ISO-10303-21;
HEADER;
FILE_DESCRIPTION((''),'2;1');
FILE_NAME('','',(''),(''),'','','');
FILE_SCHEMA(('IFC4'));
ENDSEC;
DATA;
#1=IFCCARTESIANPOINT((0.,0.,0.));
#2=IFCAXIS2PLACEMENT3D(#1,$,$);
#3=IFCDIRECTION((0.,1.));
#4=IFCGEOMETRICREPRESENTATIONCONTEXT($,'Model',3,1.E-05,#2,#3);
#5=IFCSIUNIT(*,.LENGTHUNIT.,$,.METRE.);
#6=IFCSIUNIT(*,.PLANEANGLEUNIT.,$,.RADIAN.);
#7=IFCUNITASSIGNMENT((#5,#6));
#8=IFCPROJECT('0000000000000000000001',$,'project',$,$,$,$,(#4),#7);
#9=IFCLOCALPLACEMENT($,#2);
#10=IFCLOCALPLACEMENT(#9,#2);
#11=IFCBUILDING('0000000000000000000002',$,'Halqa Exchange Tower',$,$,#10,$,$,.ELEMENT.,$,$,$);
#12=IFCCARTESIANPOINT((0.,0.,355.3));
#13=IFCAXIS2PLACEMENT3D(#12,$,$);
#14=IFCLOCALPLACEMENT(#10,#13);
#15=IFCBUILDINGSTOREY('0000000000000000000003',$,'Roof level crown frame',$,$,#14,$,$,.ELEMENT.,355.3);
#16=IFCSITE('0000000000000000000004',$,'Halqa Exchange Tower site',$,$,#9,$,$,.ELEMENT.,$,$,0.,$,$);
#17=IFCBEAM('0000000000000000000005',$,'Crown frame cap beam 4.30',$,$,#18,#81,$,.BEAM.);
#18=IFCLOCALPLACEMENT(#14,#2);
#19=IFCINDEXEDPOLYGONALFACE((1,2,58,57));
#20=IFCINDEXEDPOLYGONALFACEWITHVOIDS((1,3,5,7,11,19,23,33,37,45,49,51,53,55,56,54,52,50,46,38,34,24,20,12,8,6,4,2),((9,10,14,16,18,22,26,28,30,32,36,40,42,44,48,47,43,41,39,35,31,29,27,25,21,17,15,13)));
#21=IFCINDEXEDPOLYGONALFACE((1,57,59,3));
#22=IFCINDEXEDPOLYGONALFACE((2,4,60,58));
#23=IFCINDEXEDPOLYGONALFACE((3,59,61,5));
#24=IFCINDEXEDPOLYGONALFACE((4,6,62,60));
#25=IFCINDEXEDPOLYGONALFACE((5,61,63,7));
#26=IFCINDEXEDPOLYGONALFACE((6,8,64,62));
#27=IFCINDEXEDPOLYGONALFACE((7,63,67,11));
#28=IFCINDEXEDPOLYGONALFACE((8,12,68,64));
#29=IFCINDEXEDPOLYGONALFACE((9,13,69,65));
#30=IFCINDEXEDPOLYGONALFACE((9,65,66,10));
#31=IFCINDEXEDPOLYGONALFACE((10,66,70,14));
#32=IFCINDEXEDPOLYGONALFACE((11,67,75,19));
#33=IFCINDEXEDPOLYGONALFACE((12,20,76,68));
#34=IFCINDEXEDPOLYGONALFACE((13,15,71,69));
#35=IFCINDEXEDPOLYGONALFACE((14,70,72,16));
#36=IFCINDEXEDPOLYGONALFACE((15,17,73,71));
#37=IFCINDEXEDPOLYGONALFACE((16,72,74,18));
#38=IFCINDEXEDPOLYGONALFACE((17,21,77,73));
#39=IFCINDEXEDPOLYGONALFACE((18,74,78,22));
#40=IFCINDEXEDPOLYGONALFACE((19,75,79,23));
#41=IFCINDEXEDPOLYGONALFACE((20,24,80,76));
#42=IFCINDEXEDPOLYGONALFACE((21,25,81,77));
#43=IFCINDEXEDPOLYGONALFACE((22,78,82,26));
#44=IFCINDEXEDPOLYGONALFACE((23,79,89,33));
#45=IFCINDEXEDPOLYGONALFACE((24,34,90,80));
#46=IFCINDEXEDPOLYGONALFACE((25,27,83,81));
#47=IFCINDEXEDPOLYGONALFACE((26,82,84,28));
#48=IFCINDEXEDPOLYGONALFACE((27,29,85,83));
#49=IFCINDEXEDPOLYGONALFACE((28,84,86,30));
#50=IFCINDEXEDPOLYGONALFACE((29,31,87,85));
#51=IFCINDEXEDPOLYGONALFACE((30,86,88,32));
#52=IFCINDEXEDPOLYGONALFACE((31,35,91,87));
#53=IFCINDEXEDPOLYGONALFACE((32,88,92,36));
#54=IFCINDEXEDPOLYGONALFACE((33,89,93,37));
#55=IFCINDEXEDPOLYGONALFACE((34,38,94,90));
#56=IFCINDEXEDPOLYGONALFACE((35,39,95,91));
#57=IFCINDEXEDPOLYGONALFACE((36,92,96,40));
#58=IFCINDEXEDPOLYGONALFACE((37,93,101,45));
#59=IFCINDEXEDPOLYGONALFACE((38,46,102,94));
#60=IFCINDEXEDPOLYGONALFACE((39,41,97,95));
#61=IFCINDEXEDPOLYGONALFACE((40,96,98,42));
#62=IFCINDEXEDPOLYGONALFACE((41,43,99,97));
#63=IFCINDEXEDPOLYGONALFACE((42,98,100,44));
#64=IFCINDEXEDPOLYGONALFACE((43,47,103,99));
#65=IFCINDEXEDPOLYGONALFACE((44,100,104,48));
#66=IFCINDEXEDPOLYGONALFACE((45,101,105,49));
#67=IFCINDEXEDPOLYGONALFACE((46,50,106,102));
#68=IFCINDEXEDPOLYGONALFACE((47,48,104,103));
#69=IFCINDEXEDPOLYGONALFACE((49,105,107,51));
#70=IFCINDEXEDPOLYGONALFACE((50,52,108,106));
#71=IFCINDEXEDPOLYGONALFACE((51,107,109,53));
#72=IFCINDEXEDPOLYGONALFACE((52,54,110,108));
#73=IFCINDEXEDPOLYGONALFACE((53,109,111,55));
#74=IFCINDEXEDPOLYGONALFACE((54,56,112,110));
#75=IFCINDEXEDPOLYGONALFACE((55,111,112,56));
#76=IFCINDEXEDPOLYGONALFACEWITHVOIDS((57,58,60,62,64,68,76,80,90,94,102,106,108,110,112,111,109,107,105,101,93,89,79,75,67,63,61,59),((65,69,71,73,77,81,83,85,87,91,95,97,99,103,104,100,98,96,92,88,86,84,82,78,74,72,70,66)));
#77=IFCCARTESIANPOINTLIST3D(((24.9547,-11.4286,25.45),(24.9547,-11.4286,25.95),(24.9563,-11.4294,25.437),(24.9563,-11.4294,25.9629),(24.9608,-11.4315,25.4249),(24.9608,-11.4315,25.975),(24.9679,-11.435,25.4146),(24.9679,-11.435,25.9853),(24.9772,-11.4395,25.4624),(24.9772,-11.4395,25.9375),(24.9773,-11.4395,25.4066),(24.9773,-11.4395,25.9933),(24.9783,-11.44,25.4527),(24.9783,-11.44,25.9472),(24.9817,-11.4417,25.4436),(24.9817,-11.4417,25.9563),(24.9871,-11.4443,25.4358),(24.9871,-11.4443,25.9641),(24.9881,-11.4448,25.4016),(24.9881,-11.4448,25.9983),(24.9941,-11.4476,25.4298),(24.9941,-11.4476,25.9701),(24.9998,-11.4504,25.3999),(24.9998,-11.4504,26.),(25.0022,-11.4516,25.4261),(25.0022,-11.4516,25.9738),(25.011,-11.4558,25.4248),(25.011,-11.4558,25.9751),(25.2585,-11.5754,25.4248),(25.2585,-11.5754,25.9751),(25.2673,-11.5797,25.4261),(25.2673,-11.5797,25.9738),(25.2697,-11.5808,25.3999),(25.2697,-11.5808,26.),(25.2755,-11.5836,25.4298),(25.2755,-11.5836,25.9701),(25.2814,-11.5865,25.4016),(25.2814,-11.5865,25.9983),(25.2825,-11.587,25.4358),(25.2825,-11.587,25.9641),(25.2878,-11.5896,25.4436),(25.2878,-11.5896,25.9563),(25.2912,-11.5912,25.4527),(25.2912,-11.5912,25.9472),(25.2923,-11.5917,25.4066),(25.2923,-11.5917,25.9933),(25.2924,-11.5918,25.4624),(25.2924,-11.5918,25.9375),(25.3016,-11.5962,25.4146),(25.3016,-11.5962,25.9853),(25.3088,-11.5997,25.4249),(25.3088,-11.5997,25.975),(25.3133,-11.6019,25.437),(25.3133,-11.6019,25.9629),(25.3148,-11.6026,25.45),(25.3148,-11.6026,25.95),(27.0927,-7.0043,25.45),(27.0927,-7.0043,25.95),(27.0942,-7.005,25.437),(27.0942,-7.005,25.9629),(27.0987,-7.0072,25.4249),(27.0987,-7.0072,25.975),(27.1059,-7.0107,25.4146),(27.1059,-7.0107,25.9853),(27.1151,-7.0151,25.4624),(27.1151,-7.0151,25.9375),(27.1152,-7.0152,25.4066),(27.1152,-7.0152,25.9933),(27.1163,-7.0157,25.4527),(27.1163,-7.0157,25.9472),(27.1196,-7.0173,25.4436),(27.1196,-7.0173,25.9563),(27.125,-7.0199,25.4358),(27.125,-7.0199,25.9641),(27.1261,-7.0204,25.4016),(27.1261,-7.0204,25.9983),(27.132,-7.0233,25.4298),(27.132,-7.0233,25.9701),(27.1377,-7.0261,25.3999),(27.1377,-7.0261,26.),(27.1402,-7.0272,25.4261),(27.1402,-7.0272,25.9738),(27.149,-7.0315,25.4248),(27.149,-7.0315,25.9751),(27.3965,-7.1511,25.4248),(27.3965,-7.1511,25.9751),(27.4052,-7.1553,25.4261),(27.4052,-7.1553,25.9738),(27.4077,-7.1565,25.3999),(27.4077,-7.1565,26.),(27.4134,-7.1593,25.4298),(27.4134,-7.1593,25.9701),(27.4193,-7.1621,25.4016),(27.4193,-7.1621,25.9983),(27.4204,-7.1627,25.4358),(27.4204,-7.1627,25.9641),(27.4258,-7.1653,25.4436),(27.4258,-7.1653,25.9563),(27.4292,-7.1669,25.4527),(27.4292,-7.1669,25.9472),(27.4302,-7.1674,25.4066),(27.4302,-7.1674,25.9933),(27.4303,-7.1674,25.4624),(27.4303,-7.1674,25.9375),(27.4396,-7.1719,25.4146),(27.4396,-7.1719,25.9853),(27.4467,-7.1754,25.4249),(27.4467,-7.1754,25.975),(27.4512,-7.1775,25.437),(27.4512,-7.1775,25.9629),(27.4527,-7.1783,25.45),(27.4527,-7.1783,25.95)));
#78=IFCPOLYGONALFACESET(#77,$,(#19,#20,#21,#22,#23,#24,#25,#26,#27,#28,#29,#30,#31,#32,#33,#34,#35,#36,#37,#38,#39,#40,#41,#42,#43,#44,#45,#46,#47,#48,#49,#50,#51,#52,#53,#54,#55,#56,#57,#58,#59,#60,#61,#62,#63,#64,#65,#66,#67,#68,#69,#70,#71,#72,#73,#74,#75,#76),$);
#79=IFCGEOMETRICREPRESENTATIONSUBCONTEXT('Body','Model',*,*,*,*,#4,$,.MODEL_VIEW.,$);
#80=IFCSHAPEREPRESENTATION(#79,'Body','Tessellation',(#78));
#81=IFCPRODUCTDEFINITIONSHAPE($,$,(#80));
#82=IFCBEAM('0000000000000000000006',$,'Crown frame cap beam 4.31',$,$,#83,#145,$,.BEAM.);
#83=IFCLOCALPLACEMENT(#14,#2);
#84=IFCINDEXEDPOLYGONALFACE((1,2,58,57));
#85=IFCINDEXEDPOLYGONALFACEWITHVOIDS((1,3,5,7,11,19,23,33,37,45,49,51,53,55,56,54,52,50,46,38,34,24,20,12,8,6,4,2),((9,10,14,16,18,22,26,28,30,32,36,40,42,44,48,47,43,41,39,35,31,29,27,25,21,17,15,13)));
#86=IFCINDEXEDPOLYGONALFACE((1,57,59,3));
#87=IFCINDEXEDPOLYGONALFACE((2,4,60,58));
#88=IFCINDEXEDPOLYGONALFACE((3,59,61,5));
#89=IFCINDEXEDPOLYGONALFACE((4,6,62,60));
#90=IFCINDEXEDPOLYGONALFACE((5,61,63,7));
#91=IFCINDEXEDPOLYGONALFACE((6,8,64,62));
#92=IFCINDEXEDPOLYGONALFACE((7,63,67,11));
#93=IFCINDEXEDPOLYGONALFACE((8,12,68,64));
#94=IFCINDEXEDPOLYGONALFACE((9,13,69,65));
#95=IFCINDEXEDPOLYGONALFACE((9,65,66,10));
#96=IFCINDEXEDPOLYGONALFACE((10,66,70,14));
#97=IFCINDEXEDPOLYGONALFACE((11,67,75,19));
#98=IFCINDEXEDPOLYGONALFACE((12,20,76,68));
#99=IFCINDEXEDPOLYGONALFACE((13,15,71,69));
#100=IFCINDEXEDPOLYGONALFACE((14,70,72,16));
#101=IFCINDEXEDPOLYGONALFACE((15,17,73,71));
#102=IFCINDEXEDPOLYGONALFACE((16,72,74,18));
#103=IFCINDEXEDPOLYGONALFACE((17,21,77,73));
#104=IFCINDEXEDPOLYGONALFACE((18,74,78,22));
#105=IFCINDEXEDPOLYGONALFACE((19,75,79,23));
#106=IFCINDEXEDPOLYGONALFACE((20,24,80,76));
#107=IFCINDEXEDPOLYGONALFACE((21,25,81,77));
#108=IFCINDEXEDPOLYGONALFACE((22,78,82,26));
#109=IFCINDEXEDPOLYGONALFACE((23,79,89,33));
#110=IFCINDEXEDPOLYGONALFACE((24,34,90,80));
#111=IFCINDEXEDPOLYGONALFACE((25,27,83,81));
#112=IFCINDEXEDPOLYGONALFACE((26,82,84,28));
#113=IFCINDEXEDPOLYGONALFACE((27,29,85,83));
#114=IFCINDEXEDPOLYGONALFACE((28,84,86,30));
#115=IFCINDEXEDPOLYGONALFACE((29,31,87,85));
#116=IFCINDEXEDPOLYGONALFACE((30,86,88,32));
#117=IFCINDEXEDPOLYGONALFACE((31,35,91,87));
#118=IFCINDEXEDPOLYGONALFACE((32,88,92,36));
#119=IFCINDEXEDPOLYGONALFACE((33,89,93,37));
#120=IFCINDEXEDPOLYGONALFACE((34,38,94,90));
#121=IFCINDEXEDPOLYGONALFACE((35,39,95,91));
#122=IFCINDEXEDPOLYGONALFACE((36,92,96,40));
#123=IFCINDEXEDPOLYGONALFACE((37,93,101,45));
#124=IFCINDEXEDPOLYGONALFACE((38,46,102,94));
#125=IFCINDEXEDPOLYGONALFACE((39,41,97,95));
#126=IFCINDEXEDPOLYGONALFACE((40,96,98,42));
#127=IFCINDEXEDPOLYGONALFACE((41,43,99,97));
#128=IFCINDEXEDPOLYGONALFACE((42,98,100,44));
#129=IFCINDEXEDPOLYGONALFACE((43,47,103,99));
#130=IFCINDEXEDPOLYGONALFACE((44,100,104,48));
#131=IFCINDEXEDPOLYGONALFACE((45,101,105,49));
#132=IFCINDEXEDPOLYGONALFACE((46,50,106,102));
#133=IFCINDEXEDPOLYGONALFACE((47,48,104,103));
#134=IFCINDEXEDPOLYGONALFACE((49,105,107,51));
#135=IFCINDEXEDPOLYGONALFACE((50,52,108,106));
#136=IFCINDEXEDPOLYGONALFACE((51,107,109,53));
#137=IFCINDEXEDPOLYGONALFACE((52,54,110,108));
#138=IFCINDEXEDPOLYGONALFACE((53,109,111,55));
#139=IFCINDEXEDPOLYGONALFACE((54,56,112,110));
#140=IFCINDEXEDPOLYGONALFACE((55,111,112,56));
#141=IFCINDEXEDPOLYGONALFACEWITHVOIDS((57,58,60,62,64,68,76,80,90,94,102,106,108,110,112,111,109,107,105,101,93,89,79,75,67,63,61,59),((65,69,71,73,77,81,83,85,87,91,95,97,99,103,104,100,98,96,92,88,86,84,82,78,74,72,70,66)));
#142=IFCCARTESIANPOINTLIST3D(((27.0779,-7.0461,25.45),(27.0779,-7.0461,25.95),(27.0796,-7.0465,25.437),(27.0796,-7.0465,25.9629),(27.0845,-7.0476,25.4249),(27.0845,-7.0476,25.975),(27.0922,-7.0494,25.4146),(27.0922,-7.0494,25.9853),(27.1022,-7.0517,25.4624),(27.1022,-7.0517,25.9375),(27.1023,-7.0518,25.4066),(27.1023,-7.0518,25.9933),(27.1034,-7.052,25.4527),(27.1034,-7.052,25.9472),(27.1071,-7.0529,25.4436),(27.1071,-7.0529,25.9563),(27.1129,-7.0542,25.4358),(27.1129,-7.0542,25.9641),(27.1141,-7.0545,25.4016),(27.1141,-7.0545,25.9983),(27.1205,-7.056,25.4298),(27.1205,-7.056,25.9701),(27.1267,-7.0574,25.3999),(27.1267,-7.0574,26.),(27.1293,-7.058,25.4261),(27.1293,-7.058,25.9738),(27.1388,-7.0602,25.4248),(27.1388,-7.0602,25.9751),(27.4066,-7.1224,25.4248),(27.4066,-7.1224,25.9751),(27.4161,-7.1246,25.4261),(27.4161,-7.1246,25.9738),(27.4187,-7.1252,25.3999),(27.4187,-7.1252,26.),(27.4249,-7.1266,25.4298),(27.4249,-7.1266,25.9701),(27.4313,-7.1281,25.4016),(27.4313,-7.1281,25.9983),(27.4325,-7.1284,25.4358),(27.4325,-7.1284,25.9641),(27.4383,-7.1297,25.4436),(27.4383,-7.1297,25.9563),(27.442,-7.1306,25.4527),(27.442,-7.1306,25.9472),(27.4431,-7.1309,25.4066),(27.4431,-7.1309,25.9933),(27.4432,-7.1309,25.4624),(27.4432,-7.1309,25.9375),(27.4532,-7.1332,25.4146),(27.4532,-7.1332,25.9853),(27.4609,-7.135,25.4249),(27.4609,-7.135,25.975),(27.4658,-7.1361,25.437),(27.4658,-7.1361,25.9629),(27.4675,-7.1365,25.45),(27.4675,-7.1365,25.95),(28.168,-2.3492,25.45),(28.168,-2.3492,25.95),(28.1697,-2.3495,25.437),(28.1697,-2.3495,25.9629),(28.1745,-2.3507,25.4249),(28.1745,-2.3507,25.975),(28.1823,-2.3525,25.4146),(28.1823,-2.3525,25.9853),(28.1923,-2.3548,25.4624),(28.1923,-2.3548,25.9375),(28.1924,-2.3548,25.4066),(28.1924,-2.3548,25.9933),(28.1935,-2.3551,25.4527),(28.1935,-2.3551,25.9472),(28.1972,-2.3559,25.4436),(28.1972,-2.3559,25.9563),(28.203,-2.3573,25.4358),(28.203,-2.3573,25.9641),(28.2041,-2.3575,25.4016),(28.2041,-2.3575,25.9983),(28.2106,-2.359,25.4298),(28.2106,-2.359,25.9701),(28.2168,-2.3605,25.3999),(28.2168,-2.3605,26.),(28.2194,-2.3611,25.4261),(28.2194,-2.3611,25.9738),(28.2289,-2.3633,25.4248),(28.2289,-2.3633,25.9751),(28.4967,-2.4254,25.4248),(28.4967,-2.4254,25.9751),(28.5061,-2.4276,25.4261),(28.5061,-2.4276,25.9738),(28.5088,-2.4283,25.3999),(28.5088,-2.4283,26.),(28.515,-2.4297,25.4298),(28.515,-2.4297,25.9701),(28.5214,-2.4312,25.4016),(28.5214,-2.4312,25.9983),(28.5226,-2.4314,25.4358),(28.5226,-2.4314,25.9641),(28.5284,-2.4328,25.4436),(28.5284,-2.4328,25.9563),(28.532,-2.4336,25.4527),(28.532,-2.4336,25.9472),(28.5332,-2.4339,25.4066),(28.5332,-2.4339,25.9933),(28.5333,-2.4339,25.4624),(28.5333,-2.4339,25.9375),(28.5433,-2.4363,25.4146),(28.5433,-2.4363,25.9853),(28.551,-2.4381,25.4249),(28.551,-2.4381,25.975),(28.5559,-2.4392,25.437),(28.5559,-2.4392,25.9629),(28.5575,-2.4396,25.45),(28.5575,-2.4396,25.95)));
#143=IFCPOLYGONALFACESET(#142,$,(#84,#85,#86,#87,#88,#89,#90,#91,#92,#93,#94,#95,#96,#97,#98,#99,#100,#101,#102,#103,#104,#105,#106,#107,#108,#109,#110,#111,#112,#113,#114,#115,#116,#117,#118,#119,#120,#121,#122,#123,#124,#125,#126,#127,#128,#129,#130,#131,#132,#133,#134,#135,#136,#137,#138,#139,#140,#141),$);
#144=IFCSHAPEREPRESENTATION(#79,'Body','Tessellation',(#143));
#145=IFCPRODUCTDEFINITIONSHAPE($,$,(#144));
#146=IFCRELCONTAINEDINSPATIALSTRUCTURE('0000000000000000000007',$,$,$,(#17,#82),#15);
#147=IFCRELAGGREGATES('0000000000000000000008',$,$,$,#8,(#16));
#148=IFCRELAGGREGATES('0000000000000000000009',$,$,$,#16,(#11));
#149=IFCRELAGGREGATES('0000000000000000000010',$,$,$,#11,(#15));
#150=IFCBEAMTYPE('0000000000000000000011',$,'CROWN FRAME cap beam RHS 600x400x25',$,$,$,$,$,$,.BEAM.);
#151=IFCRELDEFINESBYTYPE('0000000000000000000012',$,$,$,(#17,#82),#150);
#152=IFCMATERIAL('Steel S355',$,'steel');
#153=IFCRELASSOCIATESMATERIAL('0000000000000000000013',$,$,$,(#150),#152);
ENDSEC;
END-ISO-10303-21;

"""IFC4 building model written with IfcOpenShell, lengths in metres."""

from ifc_helpers import new_model, si_unit, direction, frame, origin, origin_2d, place, context, subcontext, project, spatial, hollow_rectangle, extrude, material, material_profile, profile_set, type_object, element, save


model = new_model("IFC4")

# Units and contexts
model_context = context("Model", 3, precision=1e-05, world=origin(), true_north=direction((0.0, 1.0)))
body_context = subcontext(model_context, "Body", "Model", "MODEL_VIEW")
ifc_project = project(units=[si_unit("LENGTHUNIT", "METRE"), si_unit("PLANEANGLEUNIT", "RADIAN")], contexts=[model_context])

# Site, building, storey
site_placement = place(None, origin())
site = spatial("IfcSite", under=ifc_project, at=site_placement, Name="Halqa Exchange Tower site", CompositionType="ELEMENT", RefElevation=0.0)
building_placement = place(site_placement, origin())
building = spatial("IfcBuilding", under=site, at=building_placement, Name="Halqa Exchange Tower", CompositionType="ELEMENT")
storey_placement = place(building_placement, frame((0.0, 0.0, 355.3)))
storey = spatial("IfcBuildingStorey", under=building, at=storey_placement, Name="Roof level crown frame", CompositionType="ELEMENT", Elevation=355.3)

# Shared definitions
ifc_material_1 = material(Name="Steel S355", Category="steel")

# Beams
ifc_material_profile_1 = material_profile(ifc_material_1, hollow_rectangle(XDim=0.3999, YDim=0.6001, WallThickness=0.0249, InnerFilletRadius=0.0376, OuterFilletRadius=0.05, at=origin_2d()), Name="RHS 600x400x25")
ifc_profile_set_1 = profile_set([ifc_material_profile_1], Name="Steel S355")
beam_type_1 = type_object("IfcBeamType", Name="CROWN FRAME cap beam RHS 600x400x25", PredefinedType="BEAM", material=ifc_profile_set_1)
beam_1_placement = place(storey_placement, frame((25.1348, -11.5156, 25.7), z_axis=(0.435089, 0.900387, 0.0), x_axis=(-0.900387, 0.435089, 0.0)))
element("IfcBeam", 1, at=beam_1_placement, inside=storey, type_object=beam_type_1, Name="Crown frame cap beam 4.30", PredefinedType="BEAM", context=body_context, shape_type="SweptSolid", body=[
    extrude(hollow_rectangle(XDim=0.3999, YDim=0.6001, WallThickness=0.0249, InnerFilletRadius=0.0376, OuterFilletRadius=0.05, at=origin_2d()), origin(), (0.0, 0.0, 1.0), 4.9138),
])
beam_2_placement = place(storey_placement, frame((27.2727, -7.0913, 25.7), z_axis=(0.226072, 0.974111, 0.0), x_axis=(-0.974111, 0.226072, 0.0)))
element("IfcBeam", 2, at=beam_2_placement, inside=storey, type_object=beam_type_1, Name="Crown frame cap beam 4.31", PredefinedType="BEAM", context=body_context, shape_type="SweptSolid", body=[
    extrude(hollow_rectangle(XDim=0.3999, YDim=0.6001, WallThickness=0.0249, InnerFilletRadius=0.0376, OuterFilletRadius=0.05, at=origin_2d()), origin(), (0.0, 0.0, 1.0), 4.8218),
])

save(model, "model.ifc")
